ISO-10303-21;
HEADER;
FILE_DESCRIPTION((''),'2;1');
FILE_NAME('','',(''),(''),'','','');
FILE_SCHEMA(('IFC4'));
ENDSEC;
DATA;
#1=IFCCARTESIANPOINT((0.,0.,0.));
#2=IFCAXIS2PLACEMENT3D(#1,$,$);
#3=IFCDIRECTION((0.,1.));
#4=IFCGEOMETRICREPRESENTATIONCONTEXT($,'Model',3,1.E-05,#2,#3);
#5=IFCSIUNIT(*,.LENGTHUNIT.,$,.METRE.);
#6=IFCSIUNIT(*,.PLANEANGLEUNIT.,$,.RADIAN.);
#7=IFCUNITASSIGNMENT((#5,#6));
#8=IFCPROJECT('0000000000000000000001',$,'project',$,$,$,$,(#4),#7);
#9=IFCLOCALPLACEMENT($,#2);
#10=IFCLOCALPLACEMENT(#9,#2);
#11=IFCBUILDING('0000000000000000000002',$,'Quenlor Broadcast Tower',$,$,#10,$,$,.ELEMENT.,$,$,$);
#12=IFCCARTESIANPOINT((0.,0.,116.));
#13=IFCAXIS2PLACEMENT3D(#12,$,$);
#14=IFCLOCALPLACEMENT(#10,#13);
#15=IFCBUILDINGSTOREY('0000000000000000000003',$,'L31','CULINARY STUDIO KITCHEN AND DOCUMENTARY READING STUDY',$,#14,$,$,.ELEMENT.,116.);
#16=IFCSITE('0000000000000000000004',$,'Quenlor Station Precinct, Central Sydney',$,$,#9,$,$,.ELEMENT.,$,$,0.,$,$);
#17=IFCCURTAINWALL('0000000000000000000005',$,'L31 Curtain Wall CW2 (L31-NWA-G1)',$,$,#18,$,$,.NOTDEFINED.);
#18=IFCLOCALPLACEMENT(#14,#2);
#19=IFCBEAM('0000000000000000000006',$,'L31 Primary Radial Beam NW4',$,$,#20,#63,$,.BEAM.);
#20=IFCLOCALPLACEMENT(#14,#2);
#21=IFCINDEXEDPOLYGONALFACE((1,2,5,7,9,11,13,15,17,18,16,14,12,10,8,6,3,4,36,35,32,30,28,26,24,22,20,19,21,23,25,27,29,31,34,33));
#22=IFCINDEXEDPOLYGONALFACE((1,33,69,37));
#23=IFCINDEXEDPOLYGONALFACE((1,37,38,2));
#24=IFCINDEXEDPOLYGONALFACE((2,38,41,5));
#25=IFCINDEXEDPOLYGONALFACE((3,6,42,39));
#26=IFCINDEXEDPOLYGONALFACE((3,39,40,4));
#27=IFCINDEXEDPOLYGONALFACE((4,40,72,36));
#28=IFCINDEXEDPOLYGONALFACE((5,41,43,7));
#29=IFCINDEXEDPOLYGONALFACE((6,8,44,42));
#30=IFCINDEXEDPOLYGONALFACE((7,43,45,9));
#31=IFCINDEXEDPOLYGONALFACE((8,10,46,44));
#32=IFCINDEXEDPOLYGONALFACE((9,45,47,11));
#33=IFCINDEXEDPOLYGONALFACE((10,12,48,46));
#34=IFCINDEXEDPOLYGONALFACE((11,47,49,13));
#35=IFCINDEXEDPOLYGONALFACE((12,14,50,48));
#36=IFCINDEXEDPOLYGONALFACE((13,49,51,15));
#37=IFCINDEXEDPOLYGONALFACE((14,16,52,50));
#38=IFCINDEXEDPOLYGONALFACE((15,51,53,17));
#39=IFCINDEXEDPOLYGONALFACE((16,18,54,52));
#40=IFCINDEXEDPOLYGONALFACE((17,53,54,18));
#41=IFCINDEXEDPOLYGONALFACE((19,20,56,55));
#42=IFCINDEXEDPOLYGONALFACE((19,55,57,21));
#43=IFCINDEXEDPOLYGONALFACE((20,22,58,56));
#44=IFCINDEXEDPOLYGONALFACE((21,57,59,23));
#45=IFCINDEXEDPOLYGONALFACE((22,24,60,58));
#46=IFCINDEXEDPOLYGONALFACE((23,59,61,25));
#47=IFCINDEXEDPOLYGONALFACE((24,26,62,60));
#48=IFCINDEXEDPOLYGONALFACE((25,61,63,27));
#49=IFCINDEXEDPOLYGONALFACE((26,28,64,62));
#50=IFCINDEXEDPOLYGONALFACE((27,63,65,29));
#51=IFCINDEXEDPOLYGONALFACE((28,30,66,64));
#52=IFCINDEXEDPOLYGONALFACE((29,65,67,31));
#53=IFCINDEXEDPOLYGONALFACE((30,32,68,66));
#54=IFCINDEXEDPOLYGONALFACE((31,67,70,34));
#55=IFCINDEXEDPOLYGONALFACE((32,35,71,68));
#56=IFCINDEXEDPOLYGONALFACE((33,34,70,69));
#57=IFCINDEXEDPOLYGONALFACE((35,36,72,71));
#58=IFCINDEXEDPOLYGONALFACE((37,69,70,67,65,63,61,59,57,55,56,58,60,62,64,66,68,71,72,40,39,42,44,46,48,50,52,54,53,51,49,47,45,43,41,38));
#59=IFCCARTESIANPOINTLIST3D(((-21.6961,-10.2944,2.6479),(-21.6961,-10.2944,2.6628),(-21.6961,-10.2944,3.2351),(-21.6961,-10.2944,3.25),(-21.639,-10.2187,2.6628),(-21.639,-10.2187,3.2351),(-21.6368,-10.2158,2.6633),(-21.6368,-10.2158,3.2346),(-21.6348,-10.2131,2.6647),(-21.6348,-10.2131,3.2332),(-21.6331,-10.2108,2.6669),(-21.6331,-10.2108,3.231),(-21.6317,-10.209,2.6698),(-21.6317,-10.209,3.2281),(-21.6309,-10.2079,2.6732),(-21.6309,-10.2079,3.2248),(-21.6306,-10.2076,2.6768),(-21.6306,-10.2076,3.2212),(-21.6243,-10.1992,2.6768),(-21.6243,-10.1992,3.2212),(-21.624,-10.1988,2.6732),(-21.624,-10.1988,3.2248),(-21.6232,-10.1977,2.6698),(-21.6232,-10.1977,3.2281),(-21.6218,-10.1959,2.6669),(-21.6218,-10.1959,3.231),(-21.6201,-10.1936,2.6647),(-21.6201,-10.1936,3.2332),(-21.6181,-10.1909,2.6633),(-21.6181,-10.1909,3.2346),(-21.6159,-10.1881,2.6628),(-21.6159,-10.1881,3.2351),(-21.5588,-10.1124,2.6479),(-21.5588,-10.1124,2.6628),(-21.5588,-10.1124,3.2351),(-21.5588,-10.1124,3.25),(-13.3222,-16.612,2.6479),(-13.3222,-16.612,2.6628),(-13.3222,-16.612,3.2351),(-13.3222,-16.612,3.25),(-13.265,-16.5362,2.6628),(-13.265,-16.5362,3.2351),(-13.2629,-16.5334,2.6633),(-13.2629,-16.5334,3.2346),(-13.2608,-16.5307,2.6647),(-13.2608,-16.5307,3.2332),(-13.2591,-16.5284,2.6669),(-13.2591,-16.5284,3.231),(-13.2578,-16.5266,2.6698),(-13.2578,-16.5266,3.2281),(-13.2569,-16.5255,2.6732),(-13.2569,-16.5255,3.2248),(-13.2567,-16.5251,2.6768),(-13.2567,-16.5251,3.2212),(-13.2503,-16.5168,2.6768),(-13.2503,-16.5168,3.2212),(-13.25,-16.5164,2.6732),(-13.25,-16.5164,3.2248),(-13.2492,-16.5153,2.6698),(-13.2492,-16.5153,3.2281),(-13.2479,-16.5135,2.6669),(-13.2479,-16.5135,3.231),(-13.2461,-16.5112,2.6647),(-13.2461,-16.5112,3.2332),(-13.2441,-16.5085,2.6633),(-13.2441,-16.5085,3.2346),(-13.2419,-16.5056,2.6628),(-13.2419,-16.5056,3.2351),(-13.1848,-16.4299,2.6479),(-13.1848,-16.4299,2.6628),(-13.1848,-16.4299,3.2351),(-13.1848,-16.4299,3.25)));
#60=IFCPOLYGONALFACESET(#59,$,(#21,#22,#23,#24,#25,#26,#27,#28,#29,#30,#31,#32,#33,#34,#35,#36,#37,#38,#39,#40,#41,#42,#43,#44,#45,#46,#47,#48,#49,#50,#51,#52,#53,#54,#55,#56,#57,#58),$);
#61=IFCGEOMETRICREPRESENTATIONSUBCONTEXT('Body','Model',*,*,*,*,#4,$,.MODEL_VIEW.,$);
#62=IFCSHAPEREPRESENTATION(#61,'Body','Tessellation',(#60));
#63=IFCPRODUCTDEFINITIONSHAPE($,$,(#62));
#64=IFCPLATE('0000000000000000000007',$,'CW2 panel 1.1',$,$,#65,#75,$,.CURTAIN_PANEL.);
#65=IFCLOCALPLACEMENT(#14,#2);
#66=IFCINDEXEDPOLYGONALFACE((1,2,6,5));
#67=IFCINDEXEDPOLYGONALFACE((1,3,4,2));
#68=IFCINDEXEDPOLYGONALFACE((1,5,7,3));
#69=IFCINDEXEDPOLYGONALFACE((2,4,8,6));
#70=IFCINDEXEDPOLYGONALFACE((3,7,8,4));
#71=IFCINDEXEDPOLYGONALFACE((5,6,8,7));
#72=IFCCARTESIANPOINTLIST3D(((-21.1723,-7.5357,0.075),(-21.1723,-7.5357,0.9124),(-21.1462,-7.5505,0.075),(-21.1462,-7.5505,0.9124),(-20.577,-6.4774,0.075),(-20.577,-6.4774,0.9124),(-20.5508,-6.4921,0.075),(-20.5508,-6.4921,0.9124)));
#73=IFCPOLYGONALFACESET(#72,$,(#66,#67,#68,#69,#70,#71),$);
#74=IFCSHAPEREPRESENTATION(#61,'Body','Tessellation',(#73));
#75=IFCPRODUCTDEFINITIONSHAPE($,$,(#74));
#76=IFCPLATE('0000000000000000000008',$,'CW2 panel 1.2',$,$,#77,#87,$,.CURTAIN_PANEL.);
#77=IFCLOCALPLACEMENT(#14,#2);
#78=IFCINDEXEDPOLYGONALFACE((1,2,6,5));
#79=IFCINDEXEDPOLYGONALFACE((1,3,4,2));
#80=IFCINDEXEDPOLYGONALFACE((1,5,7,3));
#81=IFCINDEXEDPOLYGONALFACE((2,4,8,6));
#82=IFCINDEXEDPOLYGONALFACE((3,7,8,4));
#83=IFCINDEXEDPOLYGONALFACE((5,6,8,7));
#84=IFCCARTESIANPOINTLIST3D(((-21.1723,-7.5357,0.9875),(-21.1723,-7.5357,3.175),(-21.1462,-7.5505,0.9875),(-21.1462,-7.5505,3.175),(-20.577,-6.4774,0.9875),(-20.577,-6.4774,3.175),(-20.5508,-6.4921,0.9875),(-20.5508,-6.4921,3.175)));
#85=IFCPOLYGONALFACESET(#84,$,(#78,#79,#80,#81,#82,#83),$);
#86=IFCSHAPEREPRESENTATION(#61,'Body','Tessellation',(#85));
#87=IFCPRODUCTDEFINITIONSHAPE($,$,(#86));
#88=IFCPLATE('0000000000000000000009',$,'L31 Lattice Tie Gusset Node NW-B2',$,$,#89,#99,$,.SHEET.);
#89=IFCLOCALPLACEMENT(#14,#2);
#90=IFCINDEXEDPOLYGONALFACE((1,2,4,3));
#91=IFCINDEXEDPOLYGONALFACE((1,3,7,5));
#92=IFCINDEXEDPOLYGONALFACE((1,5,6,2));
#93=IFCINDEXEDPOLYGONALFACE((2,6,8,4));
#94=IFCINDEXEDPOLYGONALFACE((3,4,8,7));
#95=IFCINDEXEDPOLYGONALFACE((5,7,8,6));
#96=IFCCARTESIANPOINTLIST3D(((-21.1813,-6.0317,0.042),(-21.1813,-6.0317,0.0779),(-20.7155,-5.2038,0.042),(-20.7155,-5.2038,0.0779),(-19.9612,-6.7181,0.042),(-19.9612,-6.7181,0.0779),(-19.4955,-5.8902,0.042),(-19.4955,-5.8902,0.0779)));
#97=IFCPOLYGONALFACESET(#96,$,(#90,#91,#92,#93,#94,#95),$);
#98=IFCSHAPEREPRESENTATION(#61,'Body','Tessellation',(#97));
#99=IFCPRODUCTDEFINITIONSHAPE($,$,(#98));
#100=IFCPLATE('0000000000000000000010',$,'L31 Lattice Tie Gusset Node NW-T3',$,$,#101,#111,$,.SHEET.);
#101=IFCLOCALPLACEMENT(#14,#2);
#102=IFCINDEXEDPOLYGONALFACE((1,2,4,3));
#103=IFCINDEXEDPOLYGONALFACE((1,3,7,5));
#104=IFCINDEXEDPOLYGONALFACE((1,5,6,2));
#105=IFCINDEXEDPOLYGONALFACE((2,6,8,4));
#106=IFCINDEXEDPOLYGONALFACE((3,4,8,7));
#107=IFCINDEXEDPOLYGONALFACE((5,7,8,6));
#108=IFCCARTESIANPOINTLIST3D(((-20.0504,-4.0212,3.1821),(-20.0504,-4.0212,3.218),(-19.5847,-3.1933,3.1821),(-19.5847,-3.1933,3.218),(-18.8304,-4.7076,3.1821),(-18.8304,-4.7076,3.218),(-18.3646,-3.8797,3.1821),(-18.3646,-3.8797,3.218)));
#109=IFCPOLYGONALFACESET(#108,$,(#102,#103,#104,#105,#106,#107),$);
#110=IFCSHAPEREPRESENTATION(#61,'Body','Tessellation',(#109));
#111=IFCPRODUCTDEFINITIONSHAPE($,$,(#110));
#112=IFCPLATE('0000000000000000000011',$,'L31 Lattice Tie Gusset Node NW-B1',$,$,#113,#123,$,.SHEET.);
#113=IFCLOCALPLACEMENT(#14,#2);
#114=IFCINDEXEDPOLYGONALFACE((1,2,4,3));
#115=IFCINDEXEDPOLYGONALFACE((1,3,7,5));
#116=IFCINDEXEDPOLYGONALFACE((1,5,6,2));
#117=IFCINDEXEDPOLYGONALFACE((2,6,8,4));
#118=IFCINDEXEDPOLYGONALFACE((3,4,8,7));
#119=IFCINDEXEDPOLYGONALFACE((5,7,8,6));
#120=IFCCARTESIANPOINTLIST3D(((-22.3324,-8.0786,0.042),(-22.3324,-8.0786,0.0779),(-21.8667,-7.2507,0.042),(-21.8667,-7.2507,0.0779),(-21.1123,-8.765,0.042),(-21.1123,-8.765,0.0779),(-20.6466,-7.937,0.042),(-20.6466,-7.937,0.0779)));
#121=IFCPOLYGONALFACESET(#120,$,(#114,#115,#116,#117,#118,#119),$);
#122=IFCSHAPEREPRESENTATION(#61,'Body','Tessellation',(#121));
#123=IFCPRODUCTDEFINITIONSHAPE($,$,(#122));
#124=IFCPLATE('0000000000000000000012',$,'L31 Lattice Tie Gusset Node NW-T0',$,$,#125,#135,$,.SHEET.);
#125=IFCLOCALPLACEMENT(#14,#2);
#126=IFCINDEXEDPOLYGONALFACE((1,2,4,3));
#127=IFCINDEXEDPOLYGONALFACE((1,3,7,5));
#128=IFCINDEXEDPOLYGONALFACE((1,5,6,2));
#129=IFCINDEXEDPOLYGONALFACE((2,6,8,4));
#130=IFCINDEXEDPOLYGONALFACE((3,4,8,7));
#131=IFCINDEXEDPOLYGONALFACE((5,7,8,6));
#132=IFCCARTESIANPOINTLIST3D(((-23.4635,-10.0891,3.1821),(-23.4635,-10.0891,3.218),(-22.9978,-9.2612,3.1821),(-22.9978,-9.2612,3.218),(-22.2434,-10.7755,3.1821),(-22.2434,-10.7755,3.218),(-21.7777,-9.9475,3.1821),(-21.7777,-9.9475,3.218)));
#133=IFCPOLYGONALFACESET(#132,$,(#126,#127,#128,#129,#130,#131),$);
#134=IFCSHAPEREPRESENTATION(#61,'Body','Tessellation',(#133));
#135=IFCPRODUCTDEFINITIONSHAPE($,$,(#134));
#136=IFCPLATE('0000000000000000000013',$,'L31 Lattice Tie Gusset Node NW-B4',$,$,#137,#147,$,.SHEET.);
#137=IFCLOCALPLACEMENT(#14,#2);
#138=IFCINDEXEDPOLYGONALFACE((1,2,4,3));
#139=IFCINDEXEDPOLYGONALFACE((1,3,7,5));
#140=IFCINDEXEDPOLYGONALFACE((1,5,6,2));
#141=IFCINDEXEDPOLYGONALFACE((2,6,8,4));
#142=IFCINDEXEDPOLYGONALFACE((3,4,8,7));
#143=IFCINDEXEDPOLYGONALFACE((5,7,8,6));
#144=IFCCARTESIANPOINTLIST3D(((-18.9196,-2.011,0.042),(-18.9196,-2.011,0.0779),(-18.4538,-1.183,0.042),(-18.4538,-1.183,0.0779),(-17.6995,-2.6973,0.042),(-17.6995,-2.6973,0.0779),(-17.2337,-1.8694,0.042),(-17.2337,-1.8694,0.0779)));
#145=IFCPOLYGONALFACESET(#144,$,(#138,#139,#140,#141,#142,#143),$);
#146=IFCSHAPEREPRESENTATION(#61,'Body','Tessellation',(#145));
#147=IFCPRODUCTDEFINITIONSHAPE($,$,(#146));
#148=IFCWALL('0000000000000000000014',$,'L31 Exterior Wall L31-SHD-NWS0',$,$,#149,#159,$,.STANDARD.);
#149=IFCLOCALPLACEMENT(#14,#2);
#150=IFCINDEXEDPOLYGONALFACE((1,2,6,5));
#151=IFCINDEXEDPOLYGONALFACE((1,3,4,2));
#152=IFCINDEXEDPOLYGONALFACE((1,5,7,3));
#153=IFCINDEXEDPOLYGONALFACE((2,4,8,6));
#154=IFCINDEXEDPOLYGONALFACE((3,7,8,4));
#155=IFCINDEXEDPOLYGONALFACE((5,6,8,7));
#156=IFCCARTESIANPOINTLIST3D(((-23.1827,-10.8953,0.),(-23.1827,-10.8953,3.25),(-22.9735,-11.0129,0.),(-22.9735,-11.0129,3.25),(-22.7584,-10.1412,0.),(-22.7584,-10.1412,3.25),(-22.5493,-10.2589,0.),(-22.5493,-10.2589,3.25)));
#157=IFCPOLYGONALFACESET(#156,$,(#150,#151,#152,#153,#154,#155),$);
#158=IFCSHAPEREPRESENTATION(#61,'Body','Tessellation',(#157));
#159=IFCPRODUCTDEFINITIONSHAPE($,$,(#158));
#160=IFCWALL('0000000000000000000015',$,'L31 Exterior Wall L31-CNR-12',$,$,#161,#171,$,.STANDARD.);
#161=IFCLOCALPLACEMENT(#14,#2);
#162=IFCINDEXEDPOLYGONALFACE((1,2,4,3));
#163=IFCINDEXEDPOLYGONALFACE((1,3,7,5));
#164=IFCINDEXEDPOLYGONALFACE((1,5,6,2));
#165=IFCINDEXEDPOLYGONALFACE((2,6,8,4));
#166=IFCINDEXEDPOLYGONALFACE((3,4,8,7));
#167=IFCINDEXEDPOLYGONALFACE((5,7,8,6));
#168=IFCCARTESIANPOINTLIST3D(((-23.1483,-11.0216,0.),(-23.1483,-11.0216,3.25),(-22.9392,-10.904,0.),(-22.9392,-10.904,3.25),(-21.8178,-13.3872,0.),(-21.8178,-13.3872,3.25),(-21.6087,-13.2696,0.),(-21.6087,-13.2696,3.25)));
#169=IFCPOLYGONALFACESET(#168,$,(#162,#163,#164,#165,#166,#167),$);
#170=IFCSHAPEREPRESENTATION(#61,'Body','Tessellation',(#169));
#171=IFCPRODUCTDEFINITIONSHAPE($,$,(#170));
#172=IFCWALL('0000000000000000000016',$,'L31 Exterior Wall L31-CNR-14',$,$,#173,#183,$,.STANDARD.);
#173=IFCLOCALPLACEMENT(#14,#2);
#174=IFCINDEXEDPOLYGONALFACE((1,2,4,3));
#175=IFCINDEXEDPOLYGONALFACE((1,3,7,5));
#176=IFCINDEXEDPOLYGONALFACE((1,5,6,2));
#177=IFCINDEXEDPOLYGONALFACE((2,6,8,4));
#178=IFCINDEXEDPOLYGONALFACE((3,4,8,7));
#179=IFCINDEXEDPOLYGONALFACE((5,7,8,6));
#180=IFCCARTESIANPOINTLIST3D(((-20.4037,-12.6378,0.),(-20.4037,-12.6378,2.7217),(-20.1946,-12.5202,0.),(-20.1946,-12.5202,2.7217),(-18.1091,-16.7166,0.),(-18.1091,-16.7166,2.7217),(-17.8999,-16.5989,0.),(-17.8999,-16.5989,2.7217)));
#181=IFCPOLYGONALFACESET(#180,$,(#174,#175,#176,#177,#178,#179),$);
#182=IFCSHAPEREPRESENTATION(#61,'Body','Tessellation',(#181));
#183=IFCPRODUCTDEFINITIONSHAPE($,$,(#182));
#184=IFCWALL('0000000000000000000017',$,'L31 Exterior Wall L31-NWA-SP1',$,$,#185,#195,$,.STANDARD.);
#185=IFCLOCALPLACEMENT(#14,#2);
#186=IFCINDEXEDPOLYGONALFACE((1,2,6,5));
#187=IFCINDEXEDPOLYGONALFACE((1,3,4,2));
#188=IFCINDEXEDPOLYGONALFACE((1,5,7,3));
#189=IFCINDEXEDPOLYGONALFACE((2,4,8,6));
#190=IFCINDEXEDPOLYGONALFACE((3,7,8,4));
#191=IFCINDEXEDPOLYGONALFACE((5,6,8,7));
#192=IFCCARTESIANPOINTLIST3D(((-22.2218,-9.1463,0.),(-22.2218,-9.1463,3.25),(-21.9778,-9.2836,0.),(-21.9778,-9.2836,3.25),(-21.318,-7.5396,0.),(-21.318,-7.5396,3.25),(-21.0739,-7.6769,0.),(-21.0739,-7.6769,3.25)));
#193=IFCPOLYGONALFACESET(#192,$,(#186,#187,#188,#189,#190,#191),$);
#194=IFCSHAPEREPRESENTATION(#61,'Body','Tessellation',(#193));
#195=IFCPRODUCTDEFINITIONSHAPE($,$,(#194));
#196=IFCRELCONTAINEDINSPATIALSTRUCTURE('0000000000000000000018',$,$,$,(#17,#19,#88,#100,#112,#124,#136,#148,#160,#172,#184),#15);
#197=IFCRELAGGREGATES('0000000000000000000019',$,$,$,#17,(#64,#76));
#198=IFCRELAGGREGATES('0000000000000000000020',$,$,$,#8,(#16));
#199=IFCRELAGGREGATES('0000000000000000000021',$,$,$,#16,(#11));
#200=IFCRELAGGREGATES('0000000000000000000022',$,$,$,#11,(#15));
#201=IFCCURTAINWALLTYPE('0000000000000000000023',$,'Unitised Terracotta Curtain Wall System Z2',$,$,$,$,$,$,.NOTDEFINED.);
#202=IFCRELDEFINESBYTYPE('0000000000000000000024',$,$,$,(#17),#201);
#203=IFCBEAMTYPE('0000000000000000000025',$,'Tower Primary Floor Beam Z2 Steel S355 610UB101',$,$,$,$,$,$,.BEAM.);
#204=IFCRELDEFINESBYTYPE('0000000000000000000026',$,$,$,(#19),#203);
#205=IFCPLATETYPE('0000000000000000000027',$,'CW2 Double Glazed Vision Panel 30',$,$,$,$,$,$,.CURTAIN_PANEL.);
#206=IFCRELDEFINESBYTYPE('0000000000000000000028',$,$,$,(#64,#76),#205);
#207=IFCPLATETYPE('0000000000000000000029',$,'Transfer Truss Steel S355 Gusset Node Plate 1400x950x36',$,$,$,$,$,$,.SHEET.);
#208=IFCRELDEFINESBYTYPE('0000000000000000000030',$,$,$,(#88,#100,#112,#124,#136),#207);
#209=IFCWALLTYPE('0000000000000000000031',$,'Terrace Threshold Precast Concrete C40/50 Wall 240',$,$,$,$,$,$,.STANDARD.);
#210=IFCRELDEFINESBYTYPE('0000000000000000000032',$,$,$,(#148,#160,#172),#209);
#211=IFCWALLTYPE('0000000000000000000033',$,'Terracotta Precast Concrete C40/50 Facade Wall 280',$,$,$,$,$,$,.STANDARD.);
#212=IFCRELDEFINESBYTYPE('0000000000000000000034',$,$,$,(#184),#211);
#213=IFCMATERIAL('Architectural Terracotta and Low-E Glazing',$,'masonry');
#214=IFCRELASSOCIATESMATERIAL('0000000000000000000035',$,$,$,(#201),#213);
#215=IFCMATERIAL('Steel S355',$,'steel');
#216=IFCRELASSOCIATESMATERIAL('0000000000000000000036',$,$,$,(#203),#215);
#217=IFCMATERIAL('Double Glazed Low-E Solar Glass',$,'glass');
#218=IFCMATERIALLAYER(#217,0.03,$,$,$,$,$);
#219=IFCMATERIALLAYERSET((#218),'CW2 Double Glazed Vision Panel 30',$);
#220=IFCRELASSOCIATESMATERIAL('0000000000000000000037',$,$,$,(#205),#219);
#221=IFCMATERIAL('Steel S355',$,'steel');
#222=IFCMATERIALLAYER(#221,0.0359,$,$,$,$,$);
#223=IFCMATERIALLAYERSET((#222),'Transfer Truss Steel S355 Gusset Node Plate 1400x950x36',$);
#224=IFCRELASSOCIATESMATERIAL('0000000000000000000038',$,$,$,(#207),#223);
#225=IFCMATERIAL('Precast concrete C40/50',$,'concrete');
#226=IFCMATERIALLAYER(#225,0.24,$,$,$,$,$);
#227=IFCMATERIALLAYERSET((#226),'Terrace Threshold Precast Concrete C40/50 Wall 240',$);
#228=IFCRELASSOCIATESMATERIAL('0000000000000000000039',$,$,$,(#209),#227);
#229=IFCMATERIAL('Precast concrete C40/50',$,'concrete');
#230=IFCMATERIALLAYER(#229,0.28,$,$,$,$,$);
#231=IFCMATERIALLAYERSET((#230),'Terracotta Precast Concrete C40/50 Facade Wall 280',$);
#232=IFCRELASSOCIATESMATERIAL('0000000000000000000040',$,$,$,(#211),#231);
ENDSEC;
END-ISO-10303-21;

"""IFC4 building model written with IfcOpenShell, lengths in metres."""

from ifc_helpers import new_model, si_unit, direction, frame, frame_2d, origin, origin_2d, place, context, subcontext, project, spatial, rectangle, i_section, extrude, material, layer, layer_set, material_profile, profile_set, type_object, element, aggregate, save


model = new_model("IFC4")

# Units and contexts
model_context = context("Model", 3, precision=1e-05, world=origin(), true_north=direction((0.0, 1.0)))
body_context = subcontext(model_context, "Body", "Model", "MODEL_VIEW")
ifc_project = project(units=[si_unit("LENGTHUNIT", "METRE"), si_unit("PLANEANGLEUNIT", "RADIAN")], contexts=[model_context])

# Site, building, storey
site_placement = place(None, origin())
site = spatial("IfcSite", under=ifc_project, at=site_placement, Name="Quenlor Station Precinct, Central Sydney", CompositionType="ELEMENT", RefElevation=0.0)
building_placement = place(site_placement, origin())
building = spatial("IfcBuilding", under=site, at=building_placement, Name="Quenlor Broadcast Tower", CompositionType="ELEMENT")
storey_placement = place(building_placement, frame((0.0, 0.0, 116.0)))
storey = spatial("IfcBuildingStorey", under=building, at=storey_placement, Name="L31", Description="CULINARY STUDIO KITCHEN AND DOCUMENTARY READING STUDY", CompositionType="ELEMENT", Elevation=116.0)

# Curtain wall
ifc_material_1 = material(Name="Architectural Terracotta and Low-E Glazing", Category="masonry")
curtain_wall_type = type_object("IfcCurtainWallType", Name="Unitised Terracotta Curtain Wall System Z2", PredefinedType="NOTDEFINED", material=ifc_material_1)
curtain_wall_placement = place(storey_placement, origin())
curtain_wall = element("IfcCurtainWall", 1, at=curtain_wall_placement, inside=storey, type_object=curtain_wall_type, Name="L31 Curtain Wall CW2 (L31-NWA-G1)", PredefinedType="NOTDEFINED")

# Beam
ifc_material_2 = material(Name="Steel S355", Category="steel")
ifc_material_profile_1 = material_profile(ifc_material_2, i_section(OverallWidth=0.228, OverallDepth=0.6021, WebThickness=0.0105, FlangeThickness=0.0149, FilletRadius=0.0139, at=origin_2d()))
ifc_profile_set_1 = profile_set([ifc_material_profile_1], Name="Steel S355 610UB101")
beam_type_1 = type_object("IfcBeamType", Name="Tower Primary Floor Beam Z2 Steel S355 610UB101", PredefinedType="BEAM", material=ifc_profile_set_1)
beam_1_placement = place(storey_placement, frame((-21.6274, -10.2034, 2.949), z_axis=(0.798299, -0.602262, 0.0), x_axis=(0.602262, 0.798299, 0.0)))
element("IfcBeam", 2, at=beam_1_placement, inside=storey, type_object=beam_type_1, Name="L31 Primary Radial Beam NW4", PredefinedType="BEAM", context=body_context, shape_type="SweptSolid", body=[
    extrude(i_section(OverallWidth=0.228, OverallDepth=0.6021, WebThickness=0.0105, FlangeThickness=0.0149, FilletRadius=0.0139, at=origin_2d()), origin(), (0.0, 0.0, 1.0), 10.4897),
])

# Plates
ifc_material_3 = material(Name="Double Glazed Low-E Solar Glass", Category="glass")
ifc_layer_1 = layer(ifc_material_3, 0.03)
ifc_layer_set_1 = layer_set([ifc_layer_1], Name="CW2 Double Glazed Vision Panel 30")
plate_type_1 = type_object("IfcPlateType", Name="CW2 Double Glazed Vision Panel 30", PredefinedType="CURTAIN_PANEL", material=ifc_layer_set_1)
plate_1_placement = place(storey_placement, frame((-20.8616, -7.0139, 0.075), z_axis=(0.0, 0.0, 1.0), x_axis=(0.490279, 0.871566, 0.0)))
plate_1 = element("IfcPlate", 3, at=plate_1_placement, type_object=plate_type_1, Name="CW2 panel 1.1", PredefinedType="CURTAIN_PANEL", context=body_context, shape_type="SweptSolid", body=[
    extrude(rectangle(XDim=1.2144, YDim=0.03, at=origin_2d()), origin(), (0.0, 0.0, 1.0), 0.8374),
])
plate_2_placement = place(storey_placement, frame((-20.8616, -7.0139, 0.9875), z_axis=(0.0, 0.0, 1.0), x_axis=(0.490279, 0.871566, 0.0)))
plate_2 = element("IfcPlate", 4, at=plate_2_placement, type_object=plate_type_1, Name="CW2 panel 1.2", PredefinedType="CURTAIN_PANEL", context=body_context, shape_type="SweptSolid", body=[
    extrude(rectangle(XDim=1.2144, YDim=0.03, at=origin_2d()), origin(), (0.0, 0.0, 1.0), 2.1875),
])
aggregate(curtain_wall, [plate_1, plate_2])

# Plates
ifc_material_4 = material(Name="Steel S355", Category="steel")
ifc_layer_2 = layer(ifc_material_4, 0.0359)
ifc_layer_set_2 = layer_set([ifc_layer_2], Name="Transfer Truss Steel S355 Gusset Node Plate 1400x950x36")
plate_type_2 = type_object("IfcPlateType", Name="Transfer Truss Steel S355 Gusset Node Plate 1400x950x36", PredefinedType="SHEET", material=ifc_layer_set_2)
for number, where, z_axis, x_axis, name in (
    (5, (-20.3384, -5.9609, 0.042), (0.0, 0.0, 1.0), (-0.871556, 0.490295, 0.0), "L31 Lattice Tie Gusset Node NW-B2"),
    (6, (-19.2075, -3.9504, 3.1821), (0.0, 0.0, 1.0), (-0.871556, 0.490295, 0.0), "L31 Lattice Tie Gusset Node NW-T3"),
    (7, (-21.4895, -8.0078, 0.042), (0.0, 0.0, 1.0), (-0.871556, 0.490295, 0.0), "L31 Lattice Tie Gusset Node NW-B1"),
    (8, (-22.6206, -10.0183, 3.1821), (0.0, 0.0, 1.0), (-0.871556, 0.490295, 0.0), "L31 Lattice Tie Gusset Node NW-T0"),
    (9, (-18.0767, -1.9402, 0.042), (0.0, 0.0, 1.0), (-0.871556, 0.490295, 0.0), "L31 Lattice Tie Gusset Node NW-B4"),
):
    element("IfcPlate", number, at=place(storey_placement, frame(where, z_axis=z_axis, x_axis=x_axis)), inside=storey, type_object=plate_type_2, Name=name, PredefinedType="SHEET", context=body_context, shape_type="SweptSolid", body=[
        extrude(rectangle(XDim=1.3999, YDim=0.95, at=origin_2d()), origin(), (0.0, 0.0, 1.0), 0.0359),
    ])

# Walls
ifc_material_5 = material(Name="Precast concrete C40/50", Category="concrete")
ifc_layer_3 = layer(ifc_material_5, 0.24)
ifc_layer_set_3 = layer_set([ifc_layer_3], Name="Terrace Threshold Precast Concrete C40/50 Wall 240")
wall_type_1 = type_object("IfcWallType", Name="Terrace Threshold Precast Concrete C40/50 Wall 240", PredefinedType="STANDARD", material=ifc_layer_set_3)
wall_1_placement = place(storey_placement, frame((-23.0781, -10.9541, 0.0), z_axis=(0.0, 0.0, 1.0), x_axis=(0.490355, 0.871523, 0.0)))
element("IfcWall", 10, at=wall_1_placement, inside=storey, type_object=wall_type_1, Name="L31 Exterior Wall L31-SHD-NWS0", PredefinedType="STANDARD", context=body_context, shape_type="SweptSolid", body=[
    extrude(rectangle(XDim=0.8652, YDim=0.24, at=frame_2d((0.4326, 0.0))), origin(), (0.0, 0.0, 1.0), 3.25),
])
wall_2_placement = place(storey_placement, frame((-23.0437, -10.9629, 0.0), z_axis=(0.0, 0.0, 1.0), x_axis=(0.490219, -0.8716, 0.0)))
element("IfcWall", 11, at=wall_2_placement, inside=storey, type_object=wall_type_1, Name="L31 Exterior Wall L31-CNR-12", PredefinedType="STANDARD", context=body_context, shape_type="SweptSolid", body=[
    extrude(rectangle(XDim=2.7141, YDim=0.24, at=frame_2d((1.3569, 0.0))), origin(), (0.0, 0.0, 1.0), 3.25),
])
wall_3_placement = place(storey_placement, frame((-20.2991, -12.5791, 0.0), z_axis=(0.0, 0.0, 1.0), x_axis=(0.490313, -0.871546, 0.0)))
element("IfcWall", 12, at=wall_3_placement, inside=storey, type_object=wall_type_1, Name="L31 Exterior Wall L31-CNR-14", PredefinedType="STANDARD", context=body_context, shape_type="SweptSolid", body=[
    extrude(rectangle(XDim=4.6799, YDim=0.24, at=frame_2d((2.3398, 0.0))), origin(), (0.0, 0.0, 1.0), 2.7217),
])
ifc_material_6 = material(Name="Precast concrete C40/50", Category="concrete")
ifc_layer_4 = layer(ifc_material_6, 0.28)
ifc_layer_set_4 = layer_set([ifc_layer_4], Name="Terracotta Precast Concrete C40/50 Facade Wall 280")
wall_type_2 = type_object("IfcWallType", Name="Terracotta Precast Concrete C40/50 Facade Wall 280", PredefinedType="STANDARD", material=ifc_layer_set_4)
wall_4_placement = place(storey_placement, frame((-22.0999, -9.2151, 0.0), z_axis=(0.0, 0.0, 1.0), x_axis=(0.49028, 0.871565, 0.0)))
element("IfcWall", 13, at=wall_4_placement, inside=storey, type_object=wall_type_2, Name="L31 Exterior Wall L31-NWA-SP1", PredefinedType="STANDARD", context=body_context, shape_type="SweptSolid", body=[
    extrude(rectangle(XDim=1.8435, YDim=0.28, at=frame_2d((0.9219, 0.0))), origin(), (0.0, 0.0, 1.0), 3.25),
])

save(model, "model.ifc")
